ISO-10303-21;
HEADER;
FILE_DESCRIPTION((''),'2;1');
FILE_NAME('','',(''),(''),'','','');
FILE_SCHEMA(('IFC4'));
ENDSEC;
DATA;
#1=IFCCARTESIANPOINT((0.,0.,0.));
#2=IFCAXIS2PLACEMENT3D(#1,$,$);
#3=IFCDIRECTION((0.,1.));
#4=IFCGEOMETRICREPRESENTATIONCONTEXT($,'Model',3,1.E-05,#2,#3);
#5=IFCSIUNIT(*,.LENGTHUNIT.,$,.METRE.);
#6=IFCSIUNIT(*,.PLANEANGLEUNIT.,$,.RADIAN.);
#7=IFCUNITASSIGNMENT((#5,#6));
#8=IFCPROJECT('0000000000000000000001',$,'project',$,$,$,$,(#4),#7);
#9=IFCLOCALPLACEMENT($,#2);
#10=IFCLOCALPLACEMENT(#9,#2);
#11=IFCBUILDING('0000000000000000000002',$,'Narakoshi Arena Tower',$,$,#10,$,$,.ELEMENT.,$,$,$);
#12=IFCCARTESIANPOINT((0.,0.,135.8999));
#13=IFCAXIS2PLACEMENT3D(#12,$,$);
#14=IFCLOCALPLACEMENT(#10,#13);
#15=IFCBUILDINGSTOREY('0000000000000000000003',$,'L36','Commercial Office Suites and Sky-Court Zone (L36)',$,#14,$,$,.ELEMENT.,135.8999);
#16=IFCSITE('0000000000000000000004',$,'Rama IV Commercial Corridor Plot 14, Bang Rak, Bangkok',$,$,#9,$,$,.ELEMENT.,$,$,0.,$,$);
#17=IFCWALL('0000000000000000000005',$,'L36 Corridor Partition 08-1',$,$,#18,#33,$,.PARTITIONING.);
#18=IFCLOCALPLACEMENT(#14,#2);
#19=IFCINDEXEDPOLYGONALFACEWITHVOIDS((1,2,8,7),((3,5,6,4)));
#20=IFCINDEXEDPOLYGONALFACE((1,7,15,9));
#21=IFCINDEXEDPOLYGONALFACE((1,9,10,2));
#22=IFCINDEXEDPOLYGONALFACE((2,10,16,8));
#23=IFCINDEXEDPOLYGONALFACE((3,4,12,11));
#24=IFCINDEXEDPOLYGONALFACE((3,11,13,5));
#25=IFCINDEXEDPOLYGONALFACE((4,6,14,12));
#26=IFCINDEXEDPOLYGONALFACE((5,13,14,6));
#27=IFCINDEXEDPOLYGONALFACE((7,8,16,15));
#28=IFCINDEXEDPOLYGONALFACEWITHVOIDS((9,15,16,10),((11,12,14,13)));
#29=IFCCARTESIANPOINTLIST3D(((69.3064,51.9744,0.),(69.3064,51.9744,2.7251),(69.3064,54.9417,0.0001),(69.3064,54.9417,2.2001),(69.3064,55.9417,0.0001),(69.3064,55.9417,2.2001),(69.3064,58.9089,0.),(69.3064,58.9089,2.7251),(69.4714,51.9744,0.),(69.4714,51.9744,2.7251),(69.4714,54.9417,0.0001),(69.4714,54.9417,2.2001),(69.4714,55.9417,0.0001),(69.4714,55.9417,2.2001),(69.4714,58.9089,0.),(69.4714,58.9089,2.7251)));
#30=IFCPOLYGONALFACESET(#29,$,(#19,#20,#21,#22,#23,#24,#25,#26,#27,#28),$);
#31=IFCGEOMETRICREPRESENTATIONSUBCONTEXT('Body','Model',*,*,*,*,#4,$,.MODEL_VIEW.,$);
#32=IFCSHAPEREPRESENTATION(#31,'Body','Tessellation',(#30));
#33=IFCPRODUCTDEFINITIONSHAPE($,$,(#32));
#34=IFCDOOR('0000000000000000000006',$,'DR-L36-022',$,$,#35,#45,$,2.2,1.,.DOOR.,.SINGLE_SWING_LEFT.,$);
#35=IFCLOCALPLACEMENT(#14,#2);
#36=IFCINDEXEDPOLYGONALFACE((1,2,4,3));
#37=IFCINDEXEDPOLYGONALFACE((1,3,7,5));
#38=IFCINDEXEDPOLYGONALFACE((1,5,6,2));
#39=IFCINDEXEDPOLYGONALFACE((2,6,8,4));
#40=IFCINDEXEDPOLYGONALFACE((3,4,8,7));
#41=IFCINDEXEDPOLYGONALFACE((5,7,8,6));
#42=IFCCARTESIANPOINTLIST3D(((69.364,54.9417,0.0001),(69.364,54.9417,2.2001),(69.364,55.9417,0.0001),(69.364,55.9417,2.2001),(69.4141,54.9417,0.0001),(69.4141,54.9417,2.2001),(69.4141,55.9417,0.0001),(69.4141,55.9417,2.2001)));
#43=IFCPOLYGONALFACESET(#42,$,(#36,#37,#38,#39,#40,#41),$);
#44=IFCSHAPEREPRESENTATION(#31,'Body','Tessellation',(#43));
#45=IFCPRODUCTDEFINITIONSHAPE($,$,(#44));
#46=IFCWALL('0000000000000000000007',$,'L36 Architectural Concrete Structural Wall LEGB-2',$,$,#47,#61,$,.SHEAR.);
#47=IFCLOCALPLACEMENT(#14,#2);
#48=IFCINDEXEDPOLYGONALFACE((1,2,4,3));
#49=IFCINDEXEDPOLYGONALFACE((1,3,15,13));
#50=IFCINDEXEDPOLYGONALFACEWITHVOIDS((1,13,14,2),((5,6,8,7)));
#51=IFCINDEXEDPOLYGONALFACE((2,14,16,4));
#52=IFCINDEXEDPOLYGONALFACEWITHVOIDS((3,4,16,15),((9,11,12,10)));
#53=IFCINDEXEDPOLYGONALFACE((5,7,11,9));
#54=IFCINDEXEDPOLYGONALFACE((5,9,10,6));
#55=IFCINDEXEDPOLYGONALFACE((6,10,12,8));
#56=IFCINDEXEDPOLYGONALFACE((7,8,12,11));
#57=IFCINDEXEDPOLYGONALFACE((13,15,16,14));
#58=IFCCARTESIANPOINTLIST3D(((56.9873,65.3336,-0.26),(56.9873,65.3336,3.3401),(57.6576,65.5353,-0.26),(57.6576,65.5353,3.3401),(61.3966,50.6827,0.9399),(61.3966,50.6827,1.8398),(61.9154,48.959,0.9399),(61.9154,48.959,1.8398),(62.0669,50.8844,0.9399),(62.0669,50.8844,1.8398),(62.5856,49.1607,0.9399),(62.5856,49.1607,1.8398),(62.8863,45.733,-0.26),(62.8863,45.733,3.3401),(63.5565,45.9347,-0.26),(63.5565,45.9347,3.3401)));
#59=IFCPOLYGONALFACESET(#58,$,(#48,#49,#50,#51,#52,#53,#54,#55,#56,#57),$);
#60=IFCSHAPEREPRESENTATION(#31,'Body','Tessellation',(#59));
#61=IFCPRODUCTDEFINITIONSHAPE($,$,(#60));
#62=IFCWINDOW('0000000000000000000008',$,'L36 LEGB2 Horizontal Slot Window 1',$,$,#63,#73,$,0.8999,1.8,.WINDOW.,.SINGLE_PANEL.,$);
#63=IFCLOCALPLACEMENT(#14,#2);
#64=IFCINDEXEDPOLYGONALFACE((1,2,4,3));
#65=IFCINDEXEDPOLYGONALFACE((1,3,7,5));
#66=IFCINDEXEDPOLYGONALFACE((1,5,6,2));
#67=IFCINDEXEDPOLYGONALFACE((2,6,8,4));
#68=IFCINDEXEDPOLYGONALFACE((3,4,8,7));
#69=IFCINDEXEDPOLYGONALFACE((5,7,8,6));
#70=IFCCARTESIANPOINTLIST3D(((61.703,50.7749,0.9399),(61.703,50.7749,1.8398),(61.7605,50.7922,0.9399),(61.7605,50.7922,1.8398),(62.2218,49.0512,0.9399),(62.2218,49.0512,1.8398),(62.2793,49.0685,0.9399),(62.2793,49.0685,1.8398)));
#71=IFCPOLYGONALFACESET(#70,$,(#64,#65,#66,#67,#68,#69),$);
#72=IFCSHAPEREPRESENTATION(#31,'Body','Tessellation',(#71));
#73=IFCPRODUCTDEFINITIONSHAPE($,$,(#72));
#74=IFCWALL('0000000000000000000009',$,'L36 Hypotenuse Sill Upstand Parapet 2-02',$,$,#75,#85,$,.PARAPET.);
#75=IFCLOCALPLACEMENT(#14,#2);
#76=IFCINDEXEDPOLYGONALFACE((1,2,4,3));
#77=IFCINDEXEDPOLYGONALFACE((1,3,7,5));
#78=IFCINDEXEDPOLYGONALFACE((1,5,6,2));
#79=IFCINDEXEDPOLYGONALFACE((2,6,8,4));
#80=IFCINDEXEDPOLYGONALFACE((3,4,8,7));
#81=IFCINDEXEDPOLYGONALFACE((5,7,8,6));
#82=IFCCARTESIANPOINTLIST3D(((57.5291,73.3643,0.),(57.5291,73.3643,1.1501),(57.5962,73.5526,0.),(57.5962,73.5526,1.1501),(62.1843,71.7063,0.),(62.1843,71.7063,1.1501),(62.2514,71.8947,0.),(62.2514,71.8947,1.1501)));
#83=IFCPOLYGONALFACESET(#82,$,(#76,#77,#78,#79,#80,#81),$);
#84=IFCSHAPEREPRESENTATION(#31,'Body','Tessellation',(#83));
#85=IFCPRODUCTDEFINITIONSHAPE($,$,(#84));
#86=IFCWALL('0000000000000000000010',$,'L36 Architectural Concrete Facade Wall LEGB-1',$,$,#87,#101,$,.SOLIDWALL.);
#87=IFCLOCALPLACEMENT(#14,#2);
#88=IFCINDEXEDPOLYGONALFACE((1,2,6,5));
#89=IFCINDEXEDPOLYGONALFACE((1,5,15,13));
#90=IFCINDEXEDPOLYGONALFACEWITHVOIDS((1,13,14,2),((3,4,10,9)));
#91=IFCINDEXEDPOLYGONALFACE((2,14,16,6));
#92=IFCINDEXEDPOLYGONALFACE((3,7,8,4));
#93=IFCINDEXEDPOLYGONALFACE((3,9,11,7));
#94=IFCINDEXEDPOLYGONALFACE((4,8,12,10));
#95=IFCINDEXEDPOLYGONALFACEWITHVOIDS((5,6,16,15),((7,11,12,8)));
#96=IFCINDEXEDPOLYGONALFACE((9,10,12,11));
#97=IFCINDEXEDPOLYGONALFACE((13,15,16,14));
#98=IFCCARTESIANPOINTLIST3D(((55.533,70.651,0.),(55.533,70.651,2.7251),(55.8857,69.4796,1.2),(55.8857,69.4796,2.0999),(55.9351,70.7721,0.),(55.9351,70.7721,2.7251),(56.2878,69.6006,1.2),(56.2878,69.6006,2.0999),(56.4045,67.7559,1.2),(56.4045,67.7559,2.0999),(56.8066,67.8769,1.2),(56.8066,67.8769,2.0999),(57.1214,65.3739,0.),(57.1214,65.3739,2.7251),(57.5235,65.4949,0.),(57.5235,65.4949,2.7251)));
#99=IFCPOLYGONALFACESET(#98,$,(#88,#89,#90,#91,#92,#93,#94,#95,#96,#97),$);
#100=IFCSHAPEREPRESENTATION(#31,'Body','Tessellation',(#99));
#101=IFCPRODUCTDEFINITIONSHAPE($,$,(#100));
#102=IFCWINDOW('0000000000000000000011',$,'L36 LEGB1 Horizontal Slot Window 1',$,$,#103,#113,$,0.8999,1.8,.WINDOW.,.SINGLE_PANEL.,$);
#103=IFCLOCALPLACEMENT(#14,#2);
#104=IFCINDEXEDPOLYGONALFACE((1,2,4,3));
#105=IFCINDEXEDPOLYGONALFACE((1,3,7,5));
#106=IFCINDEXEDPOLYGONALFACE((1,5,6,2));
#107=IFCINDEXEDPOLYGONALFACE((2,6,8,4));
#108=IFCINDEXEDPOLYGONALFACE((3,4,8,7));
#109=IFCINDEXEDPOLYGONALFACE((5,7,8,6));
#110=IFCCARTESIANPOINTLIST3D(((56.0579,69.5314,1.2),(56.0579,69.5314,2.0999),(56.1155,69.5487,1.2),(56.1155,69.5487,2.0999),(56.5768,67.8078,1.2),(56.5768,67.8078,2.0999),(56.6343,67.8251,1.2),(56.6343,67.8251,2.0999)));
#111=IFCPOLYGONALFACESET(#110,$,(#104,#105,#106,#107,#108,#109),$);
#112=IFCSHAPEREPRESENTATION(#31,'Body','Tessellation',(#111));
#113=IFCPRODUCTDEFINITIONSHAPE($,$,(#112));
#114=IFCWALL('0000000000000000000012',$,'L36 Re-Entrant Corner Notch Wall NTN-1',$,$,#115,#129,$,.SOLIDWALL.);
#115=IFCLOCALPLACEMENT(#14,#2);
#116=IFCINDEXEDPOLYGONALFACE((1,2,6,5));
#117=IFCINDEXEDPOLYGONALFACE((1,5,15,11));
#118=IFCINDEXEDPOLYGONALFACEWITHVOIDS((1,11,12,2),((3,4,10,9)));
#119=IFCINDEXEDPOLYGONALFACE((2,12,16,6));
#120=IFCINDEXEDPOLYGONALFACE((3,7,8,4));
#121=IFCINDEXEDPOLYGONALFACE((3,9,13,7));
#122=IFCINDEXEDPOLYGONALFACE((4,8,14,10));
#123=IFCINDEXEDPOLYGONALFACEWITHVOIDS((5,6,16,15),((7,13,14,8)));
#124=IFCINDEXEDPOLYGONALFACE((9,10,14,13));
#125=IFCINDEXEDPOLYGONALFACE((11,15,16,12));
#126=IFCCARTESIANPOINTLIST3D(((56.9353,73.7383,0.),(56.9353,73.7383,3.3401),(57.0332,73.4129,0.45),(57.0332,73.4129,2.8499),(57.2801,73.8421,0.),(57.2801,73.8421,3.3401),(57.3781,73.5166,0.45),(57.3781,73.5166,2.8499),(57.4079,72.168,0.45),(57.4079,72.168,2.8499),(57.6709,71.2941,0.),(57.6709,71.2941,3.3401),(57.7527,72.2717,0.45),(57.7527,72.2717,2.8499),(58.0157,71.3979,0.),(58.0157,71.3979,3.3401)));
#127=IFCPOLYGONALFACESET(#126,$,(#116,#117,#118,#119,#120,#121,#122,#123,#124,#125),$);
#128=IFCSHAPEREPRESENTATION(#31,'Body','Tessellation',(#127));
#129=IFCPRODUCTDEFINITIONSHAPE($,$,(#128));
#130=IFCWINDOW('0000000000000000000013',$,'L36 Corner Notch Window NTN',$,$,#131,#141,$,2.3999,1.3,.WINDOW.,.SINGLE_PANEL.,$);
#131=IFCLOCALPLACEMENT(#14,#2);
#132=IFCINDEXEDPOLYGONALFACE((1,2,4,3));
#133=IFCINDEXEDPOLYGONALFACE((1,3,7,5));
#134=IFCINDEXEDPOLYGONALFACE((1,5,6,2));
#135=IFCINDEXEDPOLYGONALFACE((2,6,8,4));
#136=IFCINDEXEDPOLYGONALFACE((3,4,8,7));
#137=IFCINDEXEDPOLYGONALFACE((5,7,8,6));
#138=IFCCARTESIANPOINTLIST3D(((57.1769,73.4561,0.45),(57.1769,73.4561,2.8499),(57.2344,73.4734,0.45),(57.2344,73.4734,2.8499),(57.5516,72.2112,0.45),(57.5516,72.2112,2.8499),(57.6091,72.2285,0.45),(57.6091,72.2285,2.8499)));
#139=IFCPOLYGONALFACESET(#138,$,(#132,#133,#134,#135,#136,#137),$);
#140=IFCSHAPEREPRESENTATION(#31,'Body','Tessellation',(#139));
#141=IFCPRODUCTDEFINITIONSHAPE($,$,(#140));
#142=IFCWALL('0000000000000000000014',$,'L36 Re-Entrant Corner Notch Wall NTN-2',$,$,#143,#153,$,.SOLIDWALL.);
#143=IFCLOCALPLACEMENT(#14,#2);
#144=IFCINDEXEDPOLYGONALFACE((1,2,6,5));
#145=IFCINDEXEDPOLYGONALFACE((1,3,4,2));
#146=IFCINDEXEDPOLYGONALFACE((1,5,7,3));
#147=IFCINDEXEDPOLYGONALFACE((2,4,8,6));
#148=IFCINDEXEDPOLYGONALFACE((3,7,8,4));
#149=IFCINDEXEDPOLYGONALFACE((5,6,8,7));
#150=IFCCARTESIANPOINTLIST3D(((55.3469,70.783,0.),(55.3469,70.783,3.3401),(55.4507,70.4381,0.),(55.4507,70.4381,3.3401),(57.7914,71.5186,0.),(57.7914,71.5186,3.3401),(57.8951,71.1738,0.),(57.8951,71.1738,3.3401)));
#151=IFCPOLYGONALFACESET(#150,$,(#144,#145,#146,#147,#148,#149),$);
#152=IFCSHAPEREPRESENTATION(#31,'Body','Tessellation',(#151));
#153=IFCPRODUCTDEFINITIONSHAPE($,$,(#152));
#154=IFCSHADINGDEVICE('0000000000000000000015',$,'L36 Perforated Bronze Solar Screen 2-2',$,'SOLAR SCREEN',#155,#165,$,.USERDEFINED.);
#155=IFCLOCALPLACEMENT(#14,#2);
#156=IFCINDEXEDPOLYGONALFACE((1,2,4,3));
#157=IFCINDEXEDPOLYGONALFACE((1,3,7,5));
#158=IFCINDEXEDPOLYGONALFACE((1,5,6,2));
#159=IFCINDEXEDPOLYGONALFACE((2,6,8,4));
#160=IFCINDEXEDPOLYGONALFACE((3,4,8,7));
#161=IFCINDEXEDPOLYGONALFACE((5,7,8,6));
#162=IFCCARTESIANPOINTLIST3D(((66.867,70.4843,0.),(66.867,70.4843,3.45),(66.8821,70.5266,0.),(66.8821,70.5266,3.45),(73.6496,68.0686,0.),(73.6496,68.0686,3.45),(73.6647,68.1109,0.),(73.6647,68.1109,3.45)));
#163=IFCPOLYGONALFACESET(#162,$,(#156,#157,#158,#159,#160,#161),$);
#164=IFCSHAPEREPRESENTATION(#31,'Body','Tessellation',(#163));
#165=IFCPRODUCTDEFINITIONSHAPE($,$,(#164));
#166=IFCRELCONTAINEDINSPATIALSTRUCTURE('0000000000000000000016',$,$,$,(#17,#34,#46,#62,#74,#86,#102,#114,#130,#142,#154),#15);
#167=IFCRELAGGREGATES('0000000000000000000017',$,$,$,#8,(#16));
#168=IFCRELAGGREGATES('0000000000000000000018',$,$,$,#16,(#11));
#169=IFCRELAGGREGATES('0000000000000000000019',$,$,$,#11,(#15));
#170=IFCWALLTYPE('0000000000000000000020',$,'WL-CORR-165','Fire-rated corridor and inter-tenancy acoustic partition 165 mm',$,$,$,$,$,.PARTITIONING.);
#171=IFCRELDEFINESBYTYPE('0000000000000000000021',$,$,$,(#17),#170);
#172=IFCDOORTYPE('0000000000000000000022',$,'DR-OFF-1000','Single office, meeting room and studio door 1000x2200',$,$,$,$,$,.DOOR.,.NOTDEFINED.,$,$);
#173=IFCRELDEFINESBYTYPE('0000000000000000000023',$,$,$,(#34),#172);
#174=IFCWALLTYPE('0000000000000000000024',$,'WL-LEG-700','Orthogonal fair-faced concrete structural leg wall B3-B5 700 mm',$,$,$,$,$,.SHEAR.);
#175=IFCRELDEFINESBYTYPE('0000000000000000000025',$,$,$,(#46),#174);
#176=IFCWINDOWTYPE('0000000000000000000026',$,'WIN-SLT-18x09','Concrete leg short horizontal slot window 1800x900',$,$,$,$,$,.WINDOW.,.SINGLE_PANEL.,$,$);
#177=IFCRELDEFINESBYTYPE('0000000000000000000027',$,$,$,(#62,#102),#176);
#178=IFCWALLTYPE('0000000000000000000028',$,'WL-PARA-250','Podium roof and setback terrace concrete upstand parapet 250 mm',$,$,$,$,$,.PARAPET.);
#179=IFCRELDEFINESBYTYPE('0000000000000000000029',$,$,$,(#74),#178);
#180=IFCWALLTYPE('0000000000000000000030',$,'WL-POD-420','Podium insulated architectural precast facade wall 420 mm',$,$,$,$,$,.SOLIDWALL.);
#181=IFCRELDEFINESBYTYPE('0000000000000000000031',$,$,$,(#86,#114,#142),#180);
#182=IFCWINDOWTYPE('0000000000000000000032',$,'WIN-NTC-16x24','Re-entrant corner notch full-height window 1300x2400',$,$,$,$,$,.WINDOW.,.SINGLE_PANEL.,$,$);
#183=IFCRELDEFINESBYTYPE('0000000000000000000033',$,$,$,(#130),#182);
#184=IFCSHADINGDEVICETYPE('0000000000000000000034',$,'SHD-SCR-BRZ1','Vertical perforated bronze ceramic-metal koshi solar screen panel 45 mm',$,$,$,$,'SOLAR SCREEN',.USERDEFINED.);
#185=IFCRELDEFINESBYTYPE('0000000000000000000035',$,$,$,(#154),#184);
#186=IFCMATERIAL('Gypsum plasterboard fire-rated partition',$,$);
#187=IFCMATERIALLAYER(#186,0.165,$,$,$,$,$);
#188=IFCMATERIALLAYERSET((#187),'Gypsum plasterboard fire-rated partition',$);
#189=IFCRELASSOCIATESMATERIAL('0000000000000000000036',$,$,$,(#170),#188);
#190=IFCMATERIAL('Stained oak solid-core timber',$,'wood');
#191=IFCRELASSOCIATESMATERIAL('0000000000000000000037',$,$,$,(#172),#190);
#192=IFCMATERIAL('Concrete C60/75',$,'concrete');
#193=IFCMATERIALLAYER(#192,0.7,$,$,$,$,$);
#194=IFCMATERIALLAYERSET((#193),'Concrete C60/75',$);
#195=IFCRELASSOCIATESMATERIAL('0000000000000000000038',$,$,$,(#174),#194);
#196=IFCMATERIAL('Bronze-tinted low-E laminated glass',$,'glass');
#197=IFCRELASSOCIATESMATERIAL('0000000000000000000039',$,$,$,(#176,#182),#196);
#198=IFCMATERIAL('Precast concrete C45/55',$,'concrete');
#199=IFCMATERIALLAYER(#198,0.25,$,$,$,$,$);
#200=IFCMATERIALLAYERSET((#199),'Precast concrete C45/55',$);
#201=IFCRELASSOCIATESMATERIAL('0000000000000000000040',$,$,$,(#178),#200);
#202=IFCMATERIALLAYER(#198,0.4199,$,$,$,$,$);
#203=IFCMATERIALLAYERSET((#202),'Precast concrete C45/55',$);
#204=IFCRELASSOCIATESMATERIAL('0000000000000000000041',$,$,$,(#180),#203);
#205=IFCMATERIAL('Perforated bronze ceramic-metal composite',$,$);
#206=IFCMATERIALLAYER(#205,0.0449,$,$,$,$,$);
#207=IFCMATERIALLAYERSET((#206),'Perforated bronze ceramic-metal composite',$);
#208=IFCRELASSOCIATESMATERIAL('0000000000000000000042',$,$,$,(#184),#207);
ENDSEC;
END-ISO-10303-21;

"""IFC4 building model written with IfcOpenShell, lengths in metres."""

from ifc_helpers import new_model, si_unit, direction, frame, frame_2d, origin, origin_2d, place, context, subcontext, project, spatial, rectangle, extrude, material, layer, layer_set, type_object, element, fill, save


model = new_model("IFC4")

# Units and contexts
model_context = context("Model", 3, precision=1e-05, world=origin(), true_north=direction((0.0, 1.0)))
body_context = subcontext(model_context, "Body", "Model", "MODEL_VIEW")
ifc_project = project(units=[si_unit("LENGTHUNIT", "METRE"), si_unit("PLANEANGLEUNIT", "RADIAN")], contexts=[model_context])

# Site, building, storey
site_placement = place(None, origin())
site = spatial("IfcSite", under=ifc_project, at=site_placement, Name="Rama IV Commercial Corridor Plot 14, Bang Rak, Bangkok", CompositionType="ELEMENT", RefElevation=0.0)
building_placement = place(site_placement, origin())
building = spatial("IfcBuilding", under=site, at=building_placement, Name="Narakoshi Arena Tower", CompositionType="ELEMENT")
storey_placement = place(building_placement, frame((0.0, 0.0, 135.8999)))
storey = spatial("IfcBuildingStorey", under=building, at=storey_placement, Name="L36", Description="Commercial Office Suites and Sky-Court Zone (L36)", CompositionType="ELEMENT", Elevation=135.8999)

# Shared definitions
ifc_material_1 = material(Name="Concrete C60/75", Category="concrete")

# Shared definitions
ifc_material_2 = material(Name="Bronze-tinted low-E laminated glass", Category="glass")

# Wall, opening, door
ifc_material_3 = material(Name="Gypsum plasterboard fire-rated partition")
ifc_layer_1 = layer(ifc_material_3, 0.165)
ifc_layer_set_1 = layer_set([ifc_layer_1], Name="Gypsum plasterboard fire-rated partition")
wall_type_1 = type_object("IfcWallType", Name="WL-CORR-165", Description="Fire-rated corridor and inter-tenancy acoustic partition 165 mm", PredefinedType="PARTITIONING", material=ifc_layer_set_1)
wall_1_placement = place(storey_placement, frame((69.3889, 58.9089, 0.0), z_axis=(0.0, 0.0, 1.0), x_axis=(0.0, -1.0, 0.0)))
wall_1 = element("IfcWall", 1, at=wall_1_placement, inside=storey, type_object=wall_type_1, Name="L36 Corridor Partition 08-1", PredefinedType="PARTITIONING", context=body_context, shape_type="SweptSolid", body=[
    extrude(rectangle(XDim=6.9346, YDim=0.165, at=frame_2d((3.4673, 0.0))), origin(), (0.0, 0.0, 1.0), 2.7251),
])
opening_1_placement = place(wall_1_placement, frame((2.9673, 0.0, 0.0)))
opening_1 = element("IfcOpeningElement", 2, at=opening_1_placement, cuts=wall_1, PredefinedType="OPENING", context=body_context, shape_type="SweptSolid", body=[
    extrude(rectangle(XDim=1.0, YDim=2.2, at=frame_2d((0.5, 1.1001))), frame((0.0, 0.0925, 0.0), z_axis=(0.0, -1.0, 0.0), x_axis=(1.0, 0.0, 0.0)), (0.0, 0.0, 1.0), 0.1851),
])
ifc_material_4 = material(Name="Stained oak solid-core timber", Category="wood")
door_type = type_object("IfcDoorType", Name="DR-OFF-1000", Description="Single office, meeting room and studio door 1000x2200", OperationType="NOTDEFINED", PredefinedType="DOOR", material=ifc_material_4)
door_placement = place(opening_1_placement, frame((1.0, 0.0, 0.0), z_axis=(0.0, 0.0, 1.0), x_axis=(-1.0, 0.0, 0.0)))
door = element("IfcDoor", 3, at=door_placement, inside=storey, type_object=door_type, Name="DR-L36-022", OperationType="SINGLE_SWING_LEFT", OverallHeight=2.2, OverallWidth=1.0, PredefinedType="DOOR", context=body_context, shape_type="SweptSolid", body=[
    extrude(rectangle(XDim=1.0, YDim=2.2, at=frame_2d((0.5, 1.1001))), frame((0.0, 0.0249, 0.0), z_axis=(0.0, -1.0, 0.0), x_axis=(1.0, 0.0, 0.0)), (0.0, 0.0, 1.0), 0.05),
])
fill(opening_1, door)

# Wall, opening, window
ifc_layer_2 = layer(ifc_material_1, 0.7)
ifc_layer_set_2 = layer_set([ifc_layer_2], Name="Concrete C60/75")
wall_type_2 = type_object("IfcWallType", Name="WL-LEG-700", Description="Orthogonal fair-faced concrete structural leg wall B3-B5 700 mm", PredefinedType="SHEAR", material=ifc_layer_set_2)
wall_2_placement = place(storey_placement, frame((57.3225, 65.4343, -0.26), z_axis=(0.0, 0.0, 1.0), x_axis=(0.288188, -0.957574, 0.0)))
wall_2 = element("IfcWall", 4, at=wall_2_placement, inside=storey, type_object=wall_type_2, Name="L36 Architectural Concrete Structural Wall LEGB-2", PredefinedType="SHEAR", context=body_context, shape_type="SweptSolid", body=[
    extrude(rectangle(XDim=20.469, YDim=0.7, at=frame_2d((10.2344, 0.0))), origin(), (0.0, 0.0, 1.0), 3.6001),
])
opening_2_placement = place(wall_2_placement, frame((15.3, 0.0, 1.2)))
opening_2 = element("IfcOpeningElement", 5, at=opening_2_placement, cuts=wall_2, PredefinedType="OPENING", context=body_context, shape_type="SweptSolid", body=[
    extrude(rectangle(XDim=1.8, YDim=0.8999, at=frame_2d((0.8999, 0.45))), frame((0.0, 0.3599, 0.0), z_axis=(0.0, -1.0, 0.0), x_axis=(1.0, 0.0, 0.0)), (0.0, 0.0, 1.0), 0.72),
])
window_type_1 = type_object("IfcWindowType", Name="WIN-SLT-18x09", Description="Concrete leg short horizontal slot window 1800x900", PartitioningType="SINGLE_PANEL", PredefinedType="WINDOW", material=ifc_material_2)
window_1_placement = place(opening_2_placement, origin())
window_1 = element("IfcWindow", 6, at=window_1_placement, inside=storey, type_object=window_type_1, Name="L36 LEGB2 Horizontal Slot Window 1", OverallHeight=0.8999, OverallWidth=1.8, PartitioningType="SINGLE_PANEL", PredefinedType="WINDOW", context=body_context, shape_type="SweptSolid", body=[
    extrude(rectangle(XDim=1.8, YDim=0.8999, at=frame_2d((0.8999, 0.45))), frame((0.0, 0.03, 0.0), z_axis=(0.0, -1.0, 0.0), x_axis=(1.0, 0.0, 0.0)), (0.0, 0.0, 1.0), 0.0601),
])
fill(opening_2, window_1)

# Wall
ifc_material_5 = material(Name="Precast concrete C45/55", Category="concrete")
ifc_layer_3 = layer(ifc_material_5, 0.25)
ifc_layer_set_3 = layer_set([ifc_layer_3], Name="Precast concrete C45/55")
wall_type_3 = type_object("IfcWallType", Name="WL-PARA-250", Description="Podium roof and setback terrace concrete upstand parapet 250 mm", PredefinedType="PARAPET", material=ifc_layer_set_3)
wall_3_placement = place(storey_placement, frame((62.2178, 71.8005, 0.0), z_axis=(0.0, 0.0, 1.0), x_axis=(-0.942039, 0.335504, 0.0)))
element("IfcWall", 7, at=wall_3_placement, inside=storey, type_object=wall_type_3, Name="L36 Hypotenuse Sill Upstand Parapet 2-02", PredefinedType="PARAPET", context=body_context, shape_type="SweptSolid", body=[
    extrude(rectangle(XDim=4.9417, YDim=0.2, at=frame_2d((2.4707, 0.0))), origin(), (0.0, 0.0, 1.0), 1.1501),
])

# Walls, openings, windows
ifc_layer_4 = layer(ifc_material_5, 0.4199)
ifc_layer_set_4 = layer_set([ifc_layer_4], Name="Precast concrete C45/55")
wall_type_4 = type_object("IfcWallType", Name="WL-POD-420", Description="Podium insulated architectural precast facade wall 420 mm", PredefinedType="SOLIDWALL", material=ifc_layer_set_4)
wall_4_placement = place(storey_placement, frame((55.7341, 70.7114, 0.0), z_axis=(0.0, 0.0, 1.0), x_axis=(0.288222, -0.957564, 0.0)))
wall_4 = element("IfcWall", 8, at=wall_4_placement, inside=storey, type_object=wall_type_4, Name="L36 Architectural Concrete Facade Wall LEGB-1", PredefinedType="SOLIDWALL", context=body_context, shape_type="SweptSolid", body=[
    extrude(rectangle(XDim=5.511, YDim=0.4199, at=frame_2d((2.7554, 0.0))), origin(), (0.0, 0.0, 1.0), 2.7251),
])
opening_3_placement = place(wall_4_placement, frame((1.2234, 0.0, 1.2)))
opening_3 = element("IfcOpeningElement", 9, at=opening_3_placement, cuts=wall_4, PredefinedType="OPENING", context=body_context, shape_type="SweptSolid", body=[
    extrude(rectangle(XDim=1.8, YDim=0.8999, at=frame_2d((0.8999, 0.45))), frame((0.0, 0.22, 0.0), z_axis=(0.0, -1.0, 0.0), x_axis=(1.0, 0.0, 0.0)), (0.0, 0.0, 1.0), 0.4399),
])
window_2_placement = place(opening_3_placement, origin())
window_2 = element("IfcWindow", 10, at=window_2_placement, inside=storey, type_object=window_type_1, Name="L36 LEGB1 Horizontal Slot Window 1", OverallHeight=0.8999, OverallWidth=1.8, PartitioningType="SINGLE_PANEL", PredefinedType="WINDOW", context=body_context, shape_type="SweptSolid", body=[
    extrude(rectangle(XDim=1.8, YDim=0.8999, at=frame_2d((0.8999, 0.45))), frame((0.0, 0.03, 0.0), z_axis=(0.0, -1.0, 0.0), x_axis=(1.0, 0.0, 0.0)), (0.0, 0.0, 1.0), 0.0601),
])
fill(opening_3, window_2)
wall_5_placement = place(storey_placement, frame((57.1077, 73.7903, 0.0), z_axis=(0.0, 0.0, 1.0), x_axis=(0.288199, -0.957571, 0.0)))
wall_5 = element("IfcWall", 11, at=wall_5_placement, inside=storey, type_object=wall_type_4, Name="L36 Re-Entrant Corner Notch Wall NTN-1", PredefinedType="SOLIDWALL", context=body_context, shape_type="SweptSolid", body=[
    extrude(rectangle(XDim=2.5525, YDim=0.3601, at=frame_2d((1.2764, 0.0))), origin(), (0.0, 0.0, 1.0), 3.3401),
])
opening_4_placement = place(wall_5_placement, frame((0.3401, 0.0, 0.45)))
opening_4 = element("IfcOpeningElement", 12, at=opening_4_placement, cuts=wall_5, PredefinedType="OPENING", context=body_context, shape_type="SweptSolid", body=[
    extrude(rectangle(XDim=1.3, YDim=2.3999, at=frame_2d((0.6499, 1.2))), frame((0.0, 0.1899, 0.0), z_axis=(0.0, -1.0, 0.0), x_axis=(1.0, 0.0, 0.0)), (0.0, 0.0, 1.0), 0.3801),
])
window_type_2 = type_object("IfcWindowType", Name="WIN-NTC-16x24", Description="Re-entrant corner notch full-height window 1300x2400", PartitioningType="SINGLE_PANEL", PredefinedType="WINDOW", material=ifc_material_2)
window_3_placement = place(opening_4_placement, origin())
window_3 = element("IfcWindow", 13, at=window_3_placement, inside=storey, type_object=window_type_2, Name="L36 Corner Notch Window NTN", OverallHeight=2.3999, OverallWidth=1.3, PartitioningType="SINGLE_PANEL", PredefinedType="WINDOW", context=body_context, shape_type="SweptSolid", body=[
    extrude(rectangle(XDim=1.3, YDim=2.3999, at=frame_2d((0.6499, 1.2))), frame((0.0, 0.03, 0.0), z_axis=(0.0, -1.0, 0.0), x_axis=(1.0, 0.0, 0.0)), (0.0, 0.0, 1.0), 0.0601),
])
fill(opening_4, window_3)

# Wall
wall_6_placement = place(storey_placement, frame((57.8433, 71.3462, 0.0), z_axis=(0.0, 0.0, 1.0), x_axis=(-0.957578, -0.288173, 0.0)))
element("IfcWall", 14, at=wall_6_placement, inside=storey, type_object=wall_type_4, Name="L36 Re-Entrant Corner Notch Wall NTN-2", PredefinedType="SOLIDWALL", context=body_context, shape_type="SweptSolid", body=[
    extrude(rectangle(XDim=2.5527, YDim=0.3601, at=frame_2d((1.2764, 0.0))), origin(), (0.0, 0.0, 1.0), 3.3401),
])

# Shading device
ifc_material_6 = material(Name="Perforated bronze ceramic-metal composite")
ifc_layer_5 = layer(ifc_material_6, 0.0449)
ifc_layer_set_5 = layer_set([ifc_layer_5], Name="Perforated bronze ceramic-metal composite")
shading_device_type = type_object("IfcShadingDeviceType", Name="SHD-SCR-BRZ1", Description="Vertical perforated bronze ceramic-metal koshi solar screen panel 45 mm", ElementType="SOLAR SCREEN", PredefinedType="USERDEFINED", material=ifc_layer_set_5)
shading_device_placement = place(storey_placement, frame((70.2659, 69.2976, 0.0), z_axis=(0.0, 0.0, 1.0), x_axis=(-0.942034, 0.335517, 0.0)))
element("IfcShadingDevice", 15, at=shading_device_placement, inside=storey, type_object=shading_device_type, Name="L36 Perforated Bronze Solar Screen 2-2", ObjectType="SOLAR SCREEN", PredefinedType="USERDEFINED", context=body_context, shape_type="SweptSolid", body=[
    extrude(rectangle(XDim=7.2, YDim=0.0449, at=origin_2d()), origin(), (0.0, 0.0, 1.0), 3.45),
])

save(model, "model.ifc")
